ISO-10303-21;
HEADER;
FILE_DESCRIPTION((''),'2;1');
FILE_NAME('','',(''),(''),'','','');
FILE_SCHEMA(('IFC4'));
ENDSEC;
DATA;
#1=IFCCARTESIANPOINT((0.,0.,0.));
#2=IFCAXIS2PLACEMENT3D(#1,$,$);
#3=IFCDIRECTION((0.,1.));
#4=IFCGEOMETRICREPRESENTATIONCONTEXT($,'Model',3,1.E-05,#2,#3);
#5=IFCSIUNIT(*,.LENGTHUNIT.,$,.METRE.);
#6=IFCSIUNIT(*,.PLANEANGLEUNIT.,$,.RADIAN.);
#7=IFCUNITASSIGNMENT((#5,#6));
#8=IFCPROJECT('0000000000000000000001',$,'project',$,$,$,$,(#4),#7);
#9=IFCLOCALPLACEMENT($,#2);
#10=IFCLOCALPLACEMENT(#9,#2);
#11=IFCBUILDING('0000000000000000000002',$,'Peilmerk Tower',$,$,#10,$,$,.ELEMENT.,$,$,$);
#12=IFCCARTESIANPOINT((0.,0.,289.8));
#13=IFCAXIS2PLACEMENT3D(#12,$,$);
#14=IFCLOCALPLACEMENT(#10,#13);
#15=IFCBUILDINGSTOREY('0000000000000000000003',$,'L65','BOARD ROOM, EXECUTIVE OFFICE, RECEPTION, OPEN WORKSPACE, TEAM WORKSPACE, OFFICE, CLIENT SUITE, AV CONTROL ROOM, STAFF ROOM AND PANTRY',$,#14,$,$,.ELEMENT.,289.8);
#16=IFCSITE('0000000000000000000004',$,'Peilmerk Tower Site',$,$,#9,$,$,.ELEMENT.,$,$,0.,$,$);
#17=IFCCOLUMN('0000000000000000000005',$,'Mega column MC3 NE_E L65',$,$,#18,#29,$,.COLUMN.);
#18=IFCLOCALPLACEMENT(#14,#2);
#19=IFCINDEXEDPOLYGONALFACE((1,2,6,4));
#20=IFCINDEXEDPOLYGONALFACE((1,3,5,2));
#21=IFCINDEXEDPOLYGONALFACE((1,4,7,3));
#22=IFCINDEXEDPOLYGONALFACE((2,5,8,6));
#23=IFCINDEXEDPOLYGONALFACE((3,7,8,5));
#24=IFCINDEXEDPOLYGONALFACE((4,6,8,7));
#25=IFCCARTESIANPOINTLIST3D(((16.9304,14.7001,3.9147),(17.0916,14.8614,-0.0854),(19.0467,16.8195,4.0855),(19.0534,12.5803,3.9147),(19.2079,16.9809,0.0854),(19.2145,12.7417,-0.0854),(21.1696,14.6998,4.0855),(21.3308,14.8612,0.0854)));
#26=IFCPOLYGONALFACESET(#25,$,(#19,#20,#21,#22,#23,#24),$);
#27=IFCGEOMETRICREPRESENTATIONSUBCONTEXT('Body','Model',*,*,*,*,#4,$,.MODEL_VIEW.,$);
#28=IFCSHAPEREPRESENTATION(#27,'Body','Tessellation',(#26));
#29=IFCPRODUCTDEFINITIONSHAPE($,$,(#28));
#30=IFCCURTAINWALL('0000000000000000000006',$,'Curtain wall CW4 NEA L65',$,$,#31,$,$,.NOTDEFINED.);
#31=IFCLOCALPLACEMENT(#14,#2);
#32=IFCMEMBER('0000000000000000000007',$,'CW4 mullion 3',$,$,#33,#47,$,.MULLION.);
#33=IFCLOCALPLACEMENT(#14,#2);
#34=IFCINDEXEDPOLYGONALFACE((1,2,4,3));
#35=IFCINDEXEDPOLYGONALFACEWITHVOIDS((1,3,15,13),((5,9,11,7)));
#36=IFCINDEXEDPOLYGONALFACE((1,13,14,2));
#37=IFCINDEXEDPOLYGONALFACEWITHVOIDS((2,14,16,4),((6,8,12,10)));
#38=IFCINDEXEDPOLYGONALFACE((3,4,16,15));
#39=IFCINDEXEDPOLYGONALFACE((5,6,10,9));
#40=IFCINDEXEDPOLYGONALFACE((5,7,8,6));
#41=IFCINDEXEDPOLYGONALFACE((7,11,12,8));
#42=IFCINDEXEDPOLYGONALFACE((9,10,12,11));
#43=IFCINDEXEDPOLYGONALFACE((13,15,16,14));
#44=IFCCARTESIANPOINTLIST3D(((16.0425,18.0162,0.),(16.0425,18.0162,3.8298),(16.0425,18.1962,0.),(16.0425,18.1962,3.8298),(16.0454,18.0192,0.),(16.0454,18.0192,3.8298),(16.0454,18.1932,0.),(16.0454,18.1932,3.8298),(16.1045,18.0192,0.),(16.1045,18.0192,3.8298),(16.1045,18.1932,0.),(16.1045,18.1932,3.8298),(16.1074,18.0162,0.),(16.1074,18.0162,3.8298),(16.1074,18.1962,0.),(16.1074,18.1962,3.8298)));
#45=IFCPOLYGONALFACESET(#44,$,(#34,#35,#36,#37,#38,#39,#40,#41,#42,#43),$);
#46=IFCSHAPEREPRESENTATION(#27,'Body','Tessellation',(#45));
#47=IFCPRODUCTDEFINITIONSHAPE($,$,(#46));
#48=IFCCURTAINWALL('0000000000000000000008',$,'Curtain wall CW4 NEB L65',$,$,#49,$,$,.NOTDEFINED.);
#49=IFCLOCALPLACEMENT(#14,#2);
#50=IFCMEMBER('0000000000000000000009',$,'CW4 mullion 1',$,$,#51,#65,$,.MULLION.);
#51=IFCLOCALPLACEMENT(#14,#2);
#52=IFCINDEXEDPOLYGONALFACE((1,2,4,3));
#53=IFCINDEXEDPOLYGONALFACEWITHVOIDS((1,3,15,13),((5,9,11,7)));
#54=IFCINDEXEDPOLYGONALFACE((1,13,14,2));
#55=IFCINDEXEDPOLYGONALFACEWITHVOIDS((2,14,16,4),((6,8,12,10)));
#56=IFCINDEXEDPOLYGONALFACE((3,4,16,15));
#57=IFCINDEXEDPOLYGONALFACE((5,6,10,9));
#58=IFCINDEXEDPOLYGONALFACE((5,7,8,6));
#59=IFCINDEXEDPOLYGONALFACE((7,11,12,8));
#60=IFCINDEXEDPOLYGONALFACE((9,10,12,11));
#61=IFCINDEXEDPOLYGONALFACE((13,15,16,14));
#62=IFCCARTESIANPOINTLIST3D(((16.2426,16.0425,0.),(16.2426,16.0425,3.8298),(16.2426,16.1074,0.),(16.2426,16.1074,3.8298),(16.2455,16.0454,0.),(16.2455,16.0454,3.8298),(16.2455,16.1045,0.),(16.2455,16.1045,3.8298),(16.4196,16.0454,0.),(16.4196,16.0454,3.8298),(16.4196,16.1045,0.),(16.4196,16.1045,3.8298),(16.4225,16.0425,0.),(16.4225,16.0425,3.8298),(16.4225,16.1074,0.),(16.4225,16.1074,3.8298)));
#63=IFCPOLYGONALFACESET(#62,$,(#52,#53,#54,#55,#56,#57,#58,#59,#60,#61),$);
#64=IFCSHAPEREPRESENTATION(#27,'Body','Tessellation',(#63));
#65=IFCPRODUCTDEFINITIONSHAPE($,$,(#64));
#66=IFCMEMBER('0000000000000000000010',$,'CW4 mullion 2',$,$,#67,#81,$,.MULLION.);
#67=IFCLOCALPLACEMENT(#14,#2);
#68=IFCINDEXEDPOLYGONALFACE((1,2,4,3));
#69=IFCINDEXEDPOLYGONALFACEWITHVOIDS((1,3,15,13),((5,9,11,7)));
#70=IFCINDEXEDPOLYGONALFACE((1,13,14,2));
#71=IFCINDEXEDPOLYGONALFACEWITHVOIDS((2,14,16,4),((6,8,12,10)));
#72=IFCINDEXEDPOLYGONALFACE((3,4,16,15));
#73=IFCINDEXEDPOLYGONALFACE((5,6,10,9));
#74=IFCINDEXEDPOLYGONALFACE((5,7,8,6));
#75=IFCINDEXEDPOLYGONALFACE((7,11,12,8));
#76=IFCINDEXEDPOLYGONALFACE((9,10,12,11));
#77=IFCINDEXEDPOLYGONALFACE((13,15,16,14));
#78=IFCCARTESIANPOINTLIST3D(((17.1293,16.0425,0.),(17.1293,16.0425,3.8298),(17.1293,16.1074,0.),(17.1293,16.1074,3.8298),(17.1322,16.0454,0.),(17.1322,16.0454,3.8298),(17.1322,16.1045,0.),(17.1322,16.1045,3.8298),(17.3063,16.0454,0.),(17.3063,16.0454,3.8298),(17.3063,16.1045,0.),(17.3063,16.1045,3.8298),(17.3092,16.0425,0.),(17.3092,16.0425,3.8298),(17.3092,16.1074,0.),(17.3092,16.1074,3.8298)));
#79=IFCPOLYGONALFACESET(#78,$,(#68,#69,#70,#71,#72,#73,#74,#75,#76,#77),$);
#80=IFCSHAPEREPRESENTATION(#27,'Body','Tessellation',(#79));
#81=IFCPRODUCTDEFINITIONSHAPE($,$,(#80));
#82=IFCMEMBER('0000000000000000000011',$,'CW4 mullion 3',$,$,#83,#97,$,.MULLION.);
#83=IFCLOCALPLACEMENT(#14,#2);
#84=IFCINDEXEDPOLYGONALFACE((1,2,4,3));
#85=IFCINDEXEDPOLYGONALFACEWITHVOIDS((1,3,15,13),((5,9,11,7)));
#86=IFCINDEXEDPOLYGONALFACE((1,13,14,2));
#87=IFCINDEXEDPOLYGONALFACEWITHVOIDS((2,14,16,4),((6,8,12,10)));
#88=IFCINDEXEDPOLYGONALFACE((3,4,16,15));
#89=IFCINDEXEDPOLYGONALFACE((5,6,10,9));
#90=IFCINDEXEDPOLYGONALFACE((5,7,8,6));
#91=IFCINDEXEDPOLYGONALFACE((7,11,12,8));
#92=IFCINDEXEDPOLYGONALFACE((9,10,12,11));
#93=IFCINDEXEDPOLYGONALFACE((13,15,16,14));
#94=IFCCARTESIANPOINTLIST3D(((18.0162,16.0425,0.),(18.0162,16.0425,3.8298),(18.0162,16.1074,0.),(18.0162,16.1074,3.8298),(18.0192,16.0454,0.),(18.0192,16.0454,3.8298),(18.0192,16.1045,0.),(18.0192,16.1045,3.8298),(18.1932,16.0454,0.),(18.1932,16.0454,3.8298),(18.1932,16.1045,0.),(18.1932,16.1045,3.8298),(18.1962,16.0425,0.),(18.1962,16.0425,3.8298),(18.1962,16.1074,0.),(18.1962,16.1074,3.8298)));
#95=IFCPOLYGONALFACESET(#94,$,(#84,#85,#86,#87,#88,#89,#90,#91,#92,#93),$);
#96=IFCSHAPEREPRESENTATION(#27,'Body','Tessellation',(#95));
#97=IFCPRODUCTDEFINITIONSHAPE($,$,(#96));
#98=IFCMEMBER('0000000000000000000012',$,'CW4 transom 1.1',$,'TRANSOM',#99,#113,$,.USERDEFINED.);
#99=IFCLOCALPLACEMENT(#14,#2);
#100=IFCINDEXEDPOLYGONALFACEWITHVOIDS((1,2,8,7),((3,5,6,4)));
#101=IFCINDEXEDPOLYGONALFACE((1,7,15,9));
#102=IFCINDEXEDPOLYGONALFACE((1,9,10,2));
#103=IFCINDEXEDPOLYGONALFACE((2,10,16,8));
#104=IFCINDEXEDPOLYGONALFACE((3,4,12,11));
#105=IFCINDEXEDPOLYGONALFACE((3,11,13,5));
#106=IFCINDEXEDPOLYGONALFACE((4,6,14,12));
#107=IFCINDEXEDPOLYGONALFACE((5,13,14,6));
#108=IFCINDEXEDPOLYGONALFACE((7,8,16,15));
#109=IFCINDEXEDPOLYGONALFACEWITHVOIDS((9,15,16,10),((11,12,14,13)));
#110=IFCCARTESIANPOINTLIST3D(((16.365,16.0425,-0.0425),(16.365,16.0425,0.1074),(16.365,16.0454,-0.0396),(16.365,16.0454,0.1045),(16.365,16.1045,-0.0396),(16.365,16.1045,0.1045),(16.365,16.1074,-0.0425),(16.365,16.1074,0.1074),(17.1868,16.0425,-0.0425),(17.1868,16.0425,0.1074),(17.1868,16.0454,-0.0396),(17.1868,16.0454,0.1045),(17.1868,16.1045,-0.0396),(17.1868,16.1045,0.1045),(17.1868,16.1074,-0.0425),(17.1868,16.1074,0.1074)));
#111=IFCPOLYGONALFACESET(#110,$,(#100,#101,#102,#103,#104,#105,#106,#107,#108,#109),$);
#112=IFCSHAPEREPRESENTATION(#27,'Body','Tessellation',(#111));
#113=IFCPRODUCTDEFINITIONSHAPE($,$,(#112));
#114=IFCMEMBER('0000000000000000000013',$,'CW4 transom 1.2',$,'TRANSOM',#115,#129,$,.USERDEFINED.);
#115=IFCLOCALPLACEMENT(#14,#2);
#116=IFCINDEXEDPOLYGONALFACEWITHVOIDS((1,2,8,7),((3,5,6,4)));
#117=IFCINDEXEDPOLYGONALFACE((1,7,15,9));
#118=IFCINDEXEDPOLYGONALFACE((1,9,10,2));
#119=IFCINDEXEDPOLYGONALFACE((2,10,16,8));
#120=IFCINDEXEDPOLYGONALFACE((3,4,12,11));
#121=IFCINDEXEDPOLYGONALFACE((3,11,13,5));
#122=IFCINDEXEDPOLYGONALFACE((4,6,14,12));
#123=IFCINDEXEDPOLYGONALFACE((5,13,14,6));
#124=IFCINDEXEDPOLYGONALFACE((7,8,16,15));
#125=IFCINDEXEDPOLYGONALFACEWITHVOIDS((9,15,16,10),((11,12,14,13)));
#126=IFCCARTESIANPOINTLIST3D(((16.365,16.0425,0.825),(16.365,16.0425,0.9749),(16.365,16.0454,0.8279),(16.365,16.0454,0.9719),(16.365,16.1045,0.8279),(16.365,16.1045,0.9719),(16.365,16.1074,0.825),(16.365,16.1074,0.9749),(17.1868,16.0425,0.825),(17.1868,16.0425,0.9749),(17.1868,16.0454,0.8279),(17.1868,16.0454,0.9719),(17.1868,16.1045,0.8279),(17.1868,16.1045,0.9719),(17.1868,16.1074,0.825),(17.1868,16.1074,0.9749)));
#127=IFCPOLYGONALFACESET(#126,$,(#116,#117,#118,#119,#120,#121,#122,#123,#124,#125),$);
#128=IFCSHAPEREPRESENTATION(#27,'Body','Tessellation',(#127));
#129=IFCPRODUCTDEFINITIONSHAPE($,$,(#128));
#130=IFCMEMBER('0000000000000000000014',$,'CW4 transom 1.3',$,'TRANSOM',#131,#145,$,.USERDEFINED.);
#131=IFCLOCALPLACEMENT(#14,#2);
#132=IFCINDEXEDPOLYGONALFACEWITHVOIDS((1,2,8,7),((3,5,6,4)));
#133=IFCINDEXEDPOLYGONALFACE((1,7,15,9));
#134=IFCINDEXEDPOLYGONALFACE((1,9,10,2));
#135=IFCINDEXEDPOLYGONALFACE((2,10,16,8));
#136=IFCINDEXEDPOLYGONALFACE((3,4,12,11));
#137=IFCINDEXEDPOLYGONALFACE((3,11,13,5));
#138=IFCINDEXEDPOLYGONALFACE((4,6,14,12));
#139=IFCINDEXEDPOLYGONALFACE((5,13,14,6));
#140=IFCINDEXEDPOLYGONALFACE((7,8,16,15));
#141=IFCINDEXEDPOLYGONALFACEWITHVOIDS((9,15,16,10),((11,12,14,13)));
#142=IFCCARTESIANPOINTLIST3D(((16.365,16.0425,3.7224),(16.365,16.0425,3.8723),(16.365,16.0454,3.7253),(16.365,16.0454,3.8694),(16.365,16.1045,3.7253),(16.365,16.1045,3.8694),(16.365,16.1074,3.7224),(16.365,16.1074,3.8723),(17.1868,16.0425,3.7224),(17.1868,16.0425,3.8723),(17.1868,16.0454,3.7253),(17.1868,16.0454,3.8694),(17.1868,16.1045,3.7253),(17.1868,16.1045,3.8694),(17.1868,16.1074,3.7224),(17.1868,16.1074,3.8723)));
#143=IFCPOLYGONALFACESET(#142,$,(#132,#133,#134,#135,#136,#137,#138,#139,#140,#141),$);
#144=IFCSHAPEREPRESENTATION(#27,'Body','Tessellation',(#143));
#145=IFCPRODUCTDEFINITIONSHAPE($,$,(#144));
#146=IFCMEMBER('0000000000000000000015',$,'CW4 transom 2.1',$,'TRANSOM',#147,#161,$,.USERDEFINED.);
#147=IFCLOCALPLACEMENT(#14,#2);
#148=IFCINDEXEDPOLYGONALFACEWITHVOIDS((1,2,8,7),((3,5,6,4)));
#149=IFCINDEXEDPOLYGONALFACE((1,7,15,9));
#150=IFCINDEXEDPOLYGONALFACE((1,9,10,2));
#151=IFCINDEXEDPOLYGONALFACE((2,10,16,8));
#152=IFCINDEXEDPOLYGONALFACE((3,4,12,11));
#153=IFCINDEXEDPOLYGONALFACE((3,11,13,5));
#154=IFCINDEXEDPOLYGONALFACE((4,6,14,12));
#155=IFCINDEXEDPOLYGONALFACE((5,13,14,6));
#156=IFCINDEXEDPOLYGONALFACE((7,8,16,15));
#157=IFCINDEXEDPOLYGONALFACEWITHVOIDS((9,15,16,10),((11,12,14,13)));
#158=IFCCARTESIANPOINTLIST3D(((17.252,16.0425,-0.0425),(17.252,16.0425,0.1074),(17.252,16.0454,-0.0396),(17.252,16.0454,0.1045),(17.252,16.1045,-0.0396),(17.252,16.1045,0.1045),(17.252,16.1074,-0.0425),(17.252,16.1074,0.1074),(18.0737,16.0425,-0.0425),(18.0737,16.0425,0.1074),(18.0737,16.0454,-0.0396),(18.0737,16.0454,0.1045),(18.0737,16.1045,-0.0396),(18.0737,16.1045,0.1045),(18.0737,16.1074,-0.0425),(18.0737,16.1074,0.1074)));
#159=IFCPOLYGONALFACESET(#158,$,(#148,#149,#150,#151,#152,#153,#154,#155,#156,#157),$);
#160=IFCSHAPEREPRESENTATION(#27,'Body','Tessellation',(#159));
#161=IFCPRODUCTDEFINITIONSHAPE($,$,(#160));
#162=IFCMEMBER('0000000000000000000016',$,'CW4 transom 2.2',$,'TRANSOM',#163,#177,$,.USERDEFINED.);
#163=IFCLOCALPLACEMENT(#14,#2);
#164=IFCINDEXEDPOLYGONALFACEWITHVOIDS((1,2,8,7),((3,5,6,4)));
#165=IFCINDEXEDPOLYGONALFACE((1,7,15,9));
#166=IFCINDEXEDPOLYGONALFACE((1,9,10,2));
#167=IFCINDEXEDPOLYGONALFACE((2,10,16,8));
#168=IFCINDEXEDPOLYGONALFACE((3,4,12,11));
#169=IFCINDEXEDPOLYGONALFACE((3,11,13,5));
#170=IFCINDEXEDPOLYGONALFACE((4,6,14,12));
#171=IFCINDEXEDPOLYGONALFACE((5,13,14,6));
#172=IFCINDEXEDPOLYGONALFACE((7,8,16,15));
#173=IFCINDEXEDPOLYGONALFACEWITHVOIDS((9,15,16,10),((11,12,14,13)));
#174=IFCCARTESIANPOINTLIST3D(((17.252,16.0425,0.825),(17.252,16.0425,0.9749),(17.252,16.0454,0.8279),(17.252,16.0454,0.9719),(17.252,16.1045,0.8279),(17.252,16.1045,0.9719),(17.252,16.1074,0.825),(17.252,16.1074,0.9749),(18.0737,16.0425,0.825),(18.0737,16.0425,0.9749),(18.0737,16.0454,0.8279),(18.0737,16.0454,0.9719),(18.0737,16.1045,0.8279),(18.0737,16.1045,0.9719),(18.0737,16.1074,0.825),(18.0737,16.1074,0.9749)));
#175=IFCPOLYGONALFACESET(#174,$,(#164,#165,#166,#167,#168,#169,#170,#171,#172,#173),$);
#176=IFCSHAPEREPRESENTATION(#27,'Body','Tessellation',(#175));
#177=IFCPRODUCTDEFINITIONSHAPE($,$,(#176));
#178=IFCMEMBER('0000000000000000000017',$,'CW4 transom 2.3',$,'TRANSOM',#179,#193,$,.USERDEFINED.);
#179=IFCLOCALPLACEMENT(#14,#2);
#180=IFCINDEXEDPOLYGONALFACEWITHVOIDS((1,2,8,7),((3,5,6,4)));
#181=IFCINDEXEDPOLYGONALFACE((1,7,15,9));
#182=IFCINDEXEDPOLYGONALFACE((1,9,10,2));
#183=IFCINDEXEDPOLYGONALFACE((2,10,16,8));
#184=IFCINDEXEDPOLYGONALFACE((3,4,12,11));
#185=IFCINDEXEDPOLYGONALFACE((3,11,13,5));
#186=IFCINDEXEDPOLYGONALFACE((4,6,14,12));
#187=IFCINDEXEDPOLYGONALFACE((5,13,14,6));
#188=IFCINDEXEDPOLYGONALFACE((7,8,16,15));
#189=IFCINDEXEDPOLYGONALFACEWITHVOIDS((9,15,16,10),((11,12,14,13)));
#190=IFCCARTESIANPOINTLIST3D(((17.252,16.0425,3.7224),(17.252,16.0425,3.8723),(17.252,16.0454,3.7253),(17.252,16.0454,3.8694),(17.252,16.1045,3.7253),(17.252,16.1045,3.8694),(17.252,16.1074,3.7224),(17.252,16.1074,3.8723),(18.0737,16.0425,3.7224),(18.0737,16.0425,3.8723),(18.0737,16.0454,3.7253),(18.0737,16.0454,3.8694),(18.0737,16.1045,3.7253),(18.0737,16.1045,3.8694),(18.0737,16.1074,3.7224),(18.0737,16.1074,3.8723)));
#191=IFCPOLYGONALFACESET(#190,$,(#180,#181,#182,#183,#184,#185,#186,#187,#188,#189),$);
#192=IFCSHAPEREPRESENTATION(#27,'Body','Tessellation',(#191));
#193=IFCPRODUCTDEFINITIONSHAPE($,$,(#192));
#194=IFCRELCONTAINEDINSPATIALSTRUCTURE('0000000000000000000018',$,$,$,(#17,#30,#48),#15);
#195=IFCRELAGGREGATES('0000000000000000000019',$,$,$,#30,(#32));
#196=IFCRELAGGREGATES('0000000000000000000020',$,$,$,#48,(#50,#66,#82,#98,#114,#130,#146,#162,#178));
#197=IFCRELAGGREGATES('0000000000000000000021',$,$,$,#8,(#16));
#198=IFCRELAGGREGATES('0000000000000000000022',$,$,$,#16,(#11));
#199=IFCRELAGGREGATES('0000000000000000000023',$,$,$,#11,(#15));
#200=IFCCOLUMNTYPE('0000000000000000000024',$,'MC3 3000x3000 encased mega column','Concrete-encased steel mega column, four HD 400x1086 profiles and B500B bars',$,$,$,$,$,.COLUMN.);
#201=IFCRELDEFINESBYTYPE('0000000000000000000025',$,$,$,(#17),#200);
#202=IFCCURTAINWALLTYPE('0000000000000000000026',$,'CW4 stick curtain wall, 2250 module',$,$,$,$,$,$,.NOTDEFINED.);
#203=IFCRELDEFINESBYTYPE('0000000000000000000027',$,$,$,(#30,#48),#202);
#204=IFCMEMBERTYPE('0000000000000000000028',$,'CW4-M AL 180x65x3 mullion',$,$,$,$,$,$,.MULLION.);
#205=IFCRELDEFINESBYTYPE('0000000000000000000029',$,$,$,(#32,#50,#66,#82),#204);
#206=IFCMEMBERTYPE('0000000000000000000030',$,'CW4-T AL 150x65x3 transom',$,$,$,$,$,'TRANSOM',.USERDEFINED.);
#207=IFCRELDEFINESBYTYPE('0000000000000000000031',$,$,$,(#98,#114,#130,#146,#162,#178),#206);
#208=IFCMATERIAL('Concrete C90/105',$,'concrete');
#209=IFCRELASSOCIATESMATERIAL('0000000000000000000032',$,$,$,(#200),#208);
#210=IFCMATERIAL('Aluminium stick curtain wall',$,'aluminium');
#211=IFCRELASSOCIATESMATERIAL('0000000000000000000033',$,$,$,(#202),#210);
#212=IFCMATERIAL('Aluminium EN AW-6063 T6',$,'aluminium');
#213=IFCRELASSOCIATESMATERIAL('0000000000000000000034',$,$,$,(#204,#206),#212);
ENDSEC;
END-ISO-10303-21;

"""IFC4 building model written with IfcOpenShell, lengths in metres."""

from ifc_helpers import new_model, si_unit, direction, frame, origin, origin_2d, place, context, subcontext, project, spatial, rectangle, hollow_rectangle, extrude, material, material_profile, profile_set, type_object, element, aggregate, save


model = new_model("IFC4")

# Units and contexts
model_context = context("Model", 3, precision=1e-05, world=origin(), true_north=direction((0.0, 1.0)))
body_context = subcontext(model_context, "Body", "Model", "MODEL_VIEW")
ifc_project = project(units=[si_unit("LENGTHUNIT", "METRE"), si_unit("PLANEANGLEUNIT", "RADIAN")], contexts=[model_context])

# Site, building, storey
site_placement = place(None, origin())
site = spatial("IfcSite", under=ifc_project, at=site_placement, Name="Peilmerk Tower Site", CompositionType="ELEMENT", RefElevation=0.0)
building_placement = place(site_placement, origin())
building = spatial("IfcBuilding", under=site, at=building_placement, Name="Peilmerk Tower", CompositionType="ELEMENT")
storey_placement = place(building_placement, frame((0.0, 0.0, 289.8)))
storey = spatial("IfcBuildingStorey", under=building, at=storey_placement, Name="L65", Description="BOARD ROOM, EXECUTIVE OFFICE, RECEPTION, OPEN WORKSPACE, TEAM WORKSPACE, OFFICE, CLIENT SUITE, AV CONTROL ROOM, STAFF ROOM AND PANTRY", CompositionType="ELEMENT", Elevation=289.8)

# Column
ifc_material_1 = material(Name="Concrete C90/105", Category="concrete")
ifc_material_profile_1 = material_profile(ifc_material_1, rectangle(XDim=3.0, YDim=3.0, at=origin_2d()), Name="RC 3000x3000")
ifc_profile_set_1 = profile_set([ifc_material_profile_1], Name="Concrete C90/105")
column_type = type_object("IfcColumnType", Name="MC3 3000x3000 encased mega column", Description="Concrete-encased steel mega column, four HD 400x1086 profiles and B500B bars", PredefinedType="COLUMN", material=ifc_profile_set_1)
column_placement = place(storey_placement, frame((19.2112, 14.8613, 0.0), z_axis=(-0.040218, -0.040279, 0.998379), x_axis=(0.707642, -0.706571, 0.0)))
element("IfcColumn", 1, at=column_placement, inside=storey, type_object=column_type, Name="Mega column MC3 NE_E L65", PredefinedType="COLUMN", context=body_context, shape_type="SweptSolid", body=[
    extrude(rectangle(XDim=3.0, YDim=3.0, at=origin_2d()), origin(), (0.0, 0.0, 1.0), 4.0066),
])

# Curtain wall, member
ifc_material_2 = material(Name="Aluminium stick curtain wall", Category="aluminium")
curtain_wall_type = type_object("IfcCurtainWallType", Name="CW4 stick curtain wall, 2250 module", PredefinedType="NOTDEFINED", material=ifc_material_2)
curtain_wall_1_placement = place(storey_placement, origin())
curtain_wall_1 = element("IfcCurtainWall", 2, at=curtain_wall_1_placement, inside=storey, type_object=curtain_wall_type, Name="Curtain wall CW4 NEA L65", PredefinedType="NOTDEFINED")
ifc_material_3 = material(Name="Aluminium EN AW-6063 T6", Category="aluminium")
ifc_material_profile_2 = material_profile(ifc_material_3, hollow_rectangle(XDim=0.0649, YDim=0.1799, WallThickness=0.0029, at=origin_2d()), Name="AL 180x65x3")
ifc_profile_set_2 = profile_set([ifc_material_profile_2], Name="Aluminium EN AW-6063 T6")
member_type_1 = type_object("IfcMemberType", Name="CW4-M AL 180x65x3 mullion", PredefinedType="MULLION", material=ifc_profile_set_2)
member_1_placement = place(storey_placement, frame((16.075, 18.1062, 0.0), z_axis=(0.0, 0.0, 1.0), x_axis=(-1.0, 0.0, 0.0)))
member_1 = element("IfcMember", 3, at=member_1_placement, type_object=member_type_1, Name="CW4 mullion 3", PredefinedType="MULLION", context=body_context, shape_type="SweptSolid", body=[
    extrude(hollow_rectangle(XDim=0.0649, YDim=0.1799, WallThickness=0.0029, at=origin_2d()), origin(), (0.0, 0.0, 1.0), 3.8298),
])

# Curtain wall, members
curtain_wall_2_placement = place(storey_placement, origin())
curtain_wall_2 = element("IfcCurtainWall", 4, at=curtain_wall_2_placement, inside=storey, type_object=curtain_wall_type, Name="Curtain wall CW4 NEB L65", PredefinedType="NOTDEFINED")
member_2_placement = place(storey_placement, frame((16.3325, 16.075, 0.0), z_axis=(0.0, 0.0, 1.0), x_axis=(0.0, 1.0, 0.0)))
member_2 = element("IfcMember", 5, at=member_2_placement, type_object=member_type_1, Name="CW4 mullion 1", PredefinedType="MULLION", context=body_context, shape_type="SweptSolid", body=[
    extrude(hollow_rectangle(XDim=0.0649, YDim=0.1799, WallThickness=0.0029, at=origin_2d()), origin(), (0.0, 0.0, 1.0), 3.8298),
])
member_3_placement = place(storey_placement, frame((17.2192, 16.075, 0.0), z_axis=(0.0, 0.0, 1.0), x_axis=(0.0, 1.0, 0.0)))
member_3 = element("IfcMember", 6, at=member_3_placement, type_object=member_type_1, Name="CW4 mullion 2", PredefinedType="MULLION", context=body_context, shape_type="SweptSolid", body=[
    extrude(hollow_rectangle(XDim=0.0649, YDim=0.1799, WallThickness=0.0029, at=origin_2d()), origin(), (0.0, 0.0, 1.0), 3.8298),
])
member_4_placement = place(storey_placement, frame((18.1062, 16.075, 0.0), z_axis=(0.0, 0.0, 1.0), x_axis=(0.0, 1.0, 0.0)))
member_4 = element("IfcMember", 7, at=member_4_placement, type_object=member_type_1, Name="CW4 mullion 3", PredefinedType="MULLION", context=body_context, shape_type="SweptSolid", body=[
    extrude(hollow_rectangle(XDim=0.0649, YDim=0.1799, WallThickness=0.0029, at=origin_2d()), origin(), (0.0, 0.0, 1.0), 3.8298),
])
ifc_material_profile_3 = material_profile(ifc_material_3, hollow_rectangle(XDim=0.0649, YDim=0.1499, WallThickness=0.0029, at=origin_2d()), Name="AL 150x65x3")
ifc_profile_set_3 = profile_set([ifc_material_profile_3], Name="Aluminium EN AW-6063 T6")
member_type_2 = type_object("IfcMemberType", Name="CW4-T AL 150x65x3 transom", ElementType="TRANSOM", PredefinedType="USERDEFINED", material=ifc_profile_set_3)
member_5_placement = place(storey_placement, frame((16.365, 16.075, 0.0325), z_axis=(1.0, 0.0, 0.0), x_axis=(0.0, 1.0, 0.0)))
member_5 = element("IfcMember", 8, at=member_5_placement, type_object=member_type_2, Name="CW4 transom 1.1", ObjectType="TRANSOM", PredefinedType="USERDEFINED", context=body_context, shape_type="SweptSolid", body=[
    extrude(hollow_rectangle(XDim=0.0649, YDim=0.1499, WallThickness=0.0029, at=origin_2d()), origin(), (0.0, 0.0, 1.0), 0.8218),
])
member_6_placement = place(storey_placement, frame((16.365, 16.075, 0.8999), z_axis=(1.0, 0.0, 0.0), x_axis=(0.0, 1.0, 0.0)))
member_6 = element("IfcMember", 9, at=member_6_placement, type_object=member_type_2, Name="CW4 transom 1.2", ObjectType="TRANSOM", PredefinedType="USERDEFINED", context=body_context, shape_type="SweptSolid", body=[
    extrude(hollow_rectangle(XDim=0.0649, YDim=0.1499, WallThickness=0.0029, at=origin_2d()), origin(), (0.0, 0.0, 1.0), 0.8218),
])
member_7_placement = place(storey_placement, frame((16.365, 16.075, 3.7974), z_axis=(1.0, 0.0, 0.0), x_axis=(0.0, 1.0, 0.0)))
member_7 = element("IfcMember", 10, at=member_7_placement, type_object=member_type_2, Name="CW4 transom 1.3", ObjectType="TRANSOM", PredefinedType="USERDEFINED", context=body_context, shape_type="SweptSolid", body=[
    extrude(hollow_rectangle(XDim=0.0649, YDim=0.1499, WallThickness=0.0029, at=origin_2d()), origin(), (0.0, 0.0, 1.0), 0.8218),
])
member_8_placement = place(storey_placement, frame((17.252, 16.075, 0.0325), z_axis=(1.0, 0.0, 0.0), x_axis=(0.0, 1.0, 0.0)))
member_8 = element("IfcMember", 11, at=member_8_placement, type_object=member_type_2, Name="CW4 transom 2.1", ObjectType="TRANSOM", PredefinedType="USERDEFINED", context=body_context, shape_type="SweptSolid", body=[
    extrude(hollow_rectangle(XDim=0.0649, YDim=0.1499, WallThickness=0.0029, at=origin_2d()), origin(), (0.0, 0.0, 1.0), 0.8218),
])
member_9_placement = place(storey_placement, frame((17.252, 16.075, 0.8999), z_axis=(1.0, 0.0, 0.0), x_axis=(0.0, 1.0, 0.0)))
member_9 = element("IfcMember", 12, at=member_9_placement, type_object=member_type_2, Name="CW4 transom 2.2", ObjectType="TRANSOM", PredefinedType="USERDEFINED", context=body_context, shape_type="SweptSolid", body=[
    extrude(hollow_rectangle(XDim=0.0649, YDim=0.1499, WallThickness=0.0029, at=origin_2d()), origin(), (0.0, 0.0, 1.0), 0.8218),
])
member_10_placement = place(storey_placement, frame((17.252, 16.075, 3.7974), z_axis=(1.0, 0.0, 0.0), x_axis=(0.0, 1.0, 0.0)))
member_10 = element("IfcMember", 13, at=member_10_placement, type_object=member_type_2, Name="CW4 transom 2.3", ObjectType="TRANSOM", PredefinedType="USERDEFINED", context=body_context, shape_type="SweptSolid", body=[
    extrude(hollow_rectangle(XDim=0.0649, YDim=0.1499, WallThickness=0.0029, at=origin_2d()), origin(), (0.0, 0.0, 1.0), 0.8218),
])

aggregate(curtain_wall_1, [member_1])
aggregate(curtain_wall_2, [member_2, member_3, member_4, member_5, member_6, member_7, member_8, member_9, member_10])

save(model, "model.ifc")
